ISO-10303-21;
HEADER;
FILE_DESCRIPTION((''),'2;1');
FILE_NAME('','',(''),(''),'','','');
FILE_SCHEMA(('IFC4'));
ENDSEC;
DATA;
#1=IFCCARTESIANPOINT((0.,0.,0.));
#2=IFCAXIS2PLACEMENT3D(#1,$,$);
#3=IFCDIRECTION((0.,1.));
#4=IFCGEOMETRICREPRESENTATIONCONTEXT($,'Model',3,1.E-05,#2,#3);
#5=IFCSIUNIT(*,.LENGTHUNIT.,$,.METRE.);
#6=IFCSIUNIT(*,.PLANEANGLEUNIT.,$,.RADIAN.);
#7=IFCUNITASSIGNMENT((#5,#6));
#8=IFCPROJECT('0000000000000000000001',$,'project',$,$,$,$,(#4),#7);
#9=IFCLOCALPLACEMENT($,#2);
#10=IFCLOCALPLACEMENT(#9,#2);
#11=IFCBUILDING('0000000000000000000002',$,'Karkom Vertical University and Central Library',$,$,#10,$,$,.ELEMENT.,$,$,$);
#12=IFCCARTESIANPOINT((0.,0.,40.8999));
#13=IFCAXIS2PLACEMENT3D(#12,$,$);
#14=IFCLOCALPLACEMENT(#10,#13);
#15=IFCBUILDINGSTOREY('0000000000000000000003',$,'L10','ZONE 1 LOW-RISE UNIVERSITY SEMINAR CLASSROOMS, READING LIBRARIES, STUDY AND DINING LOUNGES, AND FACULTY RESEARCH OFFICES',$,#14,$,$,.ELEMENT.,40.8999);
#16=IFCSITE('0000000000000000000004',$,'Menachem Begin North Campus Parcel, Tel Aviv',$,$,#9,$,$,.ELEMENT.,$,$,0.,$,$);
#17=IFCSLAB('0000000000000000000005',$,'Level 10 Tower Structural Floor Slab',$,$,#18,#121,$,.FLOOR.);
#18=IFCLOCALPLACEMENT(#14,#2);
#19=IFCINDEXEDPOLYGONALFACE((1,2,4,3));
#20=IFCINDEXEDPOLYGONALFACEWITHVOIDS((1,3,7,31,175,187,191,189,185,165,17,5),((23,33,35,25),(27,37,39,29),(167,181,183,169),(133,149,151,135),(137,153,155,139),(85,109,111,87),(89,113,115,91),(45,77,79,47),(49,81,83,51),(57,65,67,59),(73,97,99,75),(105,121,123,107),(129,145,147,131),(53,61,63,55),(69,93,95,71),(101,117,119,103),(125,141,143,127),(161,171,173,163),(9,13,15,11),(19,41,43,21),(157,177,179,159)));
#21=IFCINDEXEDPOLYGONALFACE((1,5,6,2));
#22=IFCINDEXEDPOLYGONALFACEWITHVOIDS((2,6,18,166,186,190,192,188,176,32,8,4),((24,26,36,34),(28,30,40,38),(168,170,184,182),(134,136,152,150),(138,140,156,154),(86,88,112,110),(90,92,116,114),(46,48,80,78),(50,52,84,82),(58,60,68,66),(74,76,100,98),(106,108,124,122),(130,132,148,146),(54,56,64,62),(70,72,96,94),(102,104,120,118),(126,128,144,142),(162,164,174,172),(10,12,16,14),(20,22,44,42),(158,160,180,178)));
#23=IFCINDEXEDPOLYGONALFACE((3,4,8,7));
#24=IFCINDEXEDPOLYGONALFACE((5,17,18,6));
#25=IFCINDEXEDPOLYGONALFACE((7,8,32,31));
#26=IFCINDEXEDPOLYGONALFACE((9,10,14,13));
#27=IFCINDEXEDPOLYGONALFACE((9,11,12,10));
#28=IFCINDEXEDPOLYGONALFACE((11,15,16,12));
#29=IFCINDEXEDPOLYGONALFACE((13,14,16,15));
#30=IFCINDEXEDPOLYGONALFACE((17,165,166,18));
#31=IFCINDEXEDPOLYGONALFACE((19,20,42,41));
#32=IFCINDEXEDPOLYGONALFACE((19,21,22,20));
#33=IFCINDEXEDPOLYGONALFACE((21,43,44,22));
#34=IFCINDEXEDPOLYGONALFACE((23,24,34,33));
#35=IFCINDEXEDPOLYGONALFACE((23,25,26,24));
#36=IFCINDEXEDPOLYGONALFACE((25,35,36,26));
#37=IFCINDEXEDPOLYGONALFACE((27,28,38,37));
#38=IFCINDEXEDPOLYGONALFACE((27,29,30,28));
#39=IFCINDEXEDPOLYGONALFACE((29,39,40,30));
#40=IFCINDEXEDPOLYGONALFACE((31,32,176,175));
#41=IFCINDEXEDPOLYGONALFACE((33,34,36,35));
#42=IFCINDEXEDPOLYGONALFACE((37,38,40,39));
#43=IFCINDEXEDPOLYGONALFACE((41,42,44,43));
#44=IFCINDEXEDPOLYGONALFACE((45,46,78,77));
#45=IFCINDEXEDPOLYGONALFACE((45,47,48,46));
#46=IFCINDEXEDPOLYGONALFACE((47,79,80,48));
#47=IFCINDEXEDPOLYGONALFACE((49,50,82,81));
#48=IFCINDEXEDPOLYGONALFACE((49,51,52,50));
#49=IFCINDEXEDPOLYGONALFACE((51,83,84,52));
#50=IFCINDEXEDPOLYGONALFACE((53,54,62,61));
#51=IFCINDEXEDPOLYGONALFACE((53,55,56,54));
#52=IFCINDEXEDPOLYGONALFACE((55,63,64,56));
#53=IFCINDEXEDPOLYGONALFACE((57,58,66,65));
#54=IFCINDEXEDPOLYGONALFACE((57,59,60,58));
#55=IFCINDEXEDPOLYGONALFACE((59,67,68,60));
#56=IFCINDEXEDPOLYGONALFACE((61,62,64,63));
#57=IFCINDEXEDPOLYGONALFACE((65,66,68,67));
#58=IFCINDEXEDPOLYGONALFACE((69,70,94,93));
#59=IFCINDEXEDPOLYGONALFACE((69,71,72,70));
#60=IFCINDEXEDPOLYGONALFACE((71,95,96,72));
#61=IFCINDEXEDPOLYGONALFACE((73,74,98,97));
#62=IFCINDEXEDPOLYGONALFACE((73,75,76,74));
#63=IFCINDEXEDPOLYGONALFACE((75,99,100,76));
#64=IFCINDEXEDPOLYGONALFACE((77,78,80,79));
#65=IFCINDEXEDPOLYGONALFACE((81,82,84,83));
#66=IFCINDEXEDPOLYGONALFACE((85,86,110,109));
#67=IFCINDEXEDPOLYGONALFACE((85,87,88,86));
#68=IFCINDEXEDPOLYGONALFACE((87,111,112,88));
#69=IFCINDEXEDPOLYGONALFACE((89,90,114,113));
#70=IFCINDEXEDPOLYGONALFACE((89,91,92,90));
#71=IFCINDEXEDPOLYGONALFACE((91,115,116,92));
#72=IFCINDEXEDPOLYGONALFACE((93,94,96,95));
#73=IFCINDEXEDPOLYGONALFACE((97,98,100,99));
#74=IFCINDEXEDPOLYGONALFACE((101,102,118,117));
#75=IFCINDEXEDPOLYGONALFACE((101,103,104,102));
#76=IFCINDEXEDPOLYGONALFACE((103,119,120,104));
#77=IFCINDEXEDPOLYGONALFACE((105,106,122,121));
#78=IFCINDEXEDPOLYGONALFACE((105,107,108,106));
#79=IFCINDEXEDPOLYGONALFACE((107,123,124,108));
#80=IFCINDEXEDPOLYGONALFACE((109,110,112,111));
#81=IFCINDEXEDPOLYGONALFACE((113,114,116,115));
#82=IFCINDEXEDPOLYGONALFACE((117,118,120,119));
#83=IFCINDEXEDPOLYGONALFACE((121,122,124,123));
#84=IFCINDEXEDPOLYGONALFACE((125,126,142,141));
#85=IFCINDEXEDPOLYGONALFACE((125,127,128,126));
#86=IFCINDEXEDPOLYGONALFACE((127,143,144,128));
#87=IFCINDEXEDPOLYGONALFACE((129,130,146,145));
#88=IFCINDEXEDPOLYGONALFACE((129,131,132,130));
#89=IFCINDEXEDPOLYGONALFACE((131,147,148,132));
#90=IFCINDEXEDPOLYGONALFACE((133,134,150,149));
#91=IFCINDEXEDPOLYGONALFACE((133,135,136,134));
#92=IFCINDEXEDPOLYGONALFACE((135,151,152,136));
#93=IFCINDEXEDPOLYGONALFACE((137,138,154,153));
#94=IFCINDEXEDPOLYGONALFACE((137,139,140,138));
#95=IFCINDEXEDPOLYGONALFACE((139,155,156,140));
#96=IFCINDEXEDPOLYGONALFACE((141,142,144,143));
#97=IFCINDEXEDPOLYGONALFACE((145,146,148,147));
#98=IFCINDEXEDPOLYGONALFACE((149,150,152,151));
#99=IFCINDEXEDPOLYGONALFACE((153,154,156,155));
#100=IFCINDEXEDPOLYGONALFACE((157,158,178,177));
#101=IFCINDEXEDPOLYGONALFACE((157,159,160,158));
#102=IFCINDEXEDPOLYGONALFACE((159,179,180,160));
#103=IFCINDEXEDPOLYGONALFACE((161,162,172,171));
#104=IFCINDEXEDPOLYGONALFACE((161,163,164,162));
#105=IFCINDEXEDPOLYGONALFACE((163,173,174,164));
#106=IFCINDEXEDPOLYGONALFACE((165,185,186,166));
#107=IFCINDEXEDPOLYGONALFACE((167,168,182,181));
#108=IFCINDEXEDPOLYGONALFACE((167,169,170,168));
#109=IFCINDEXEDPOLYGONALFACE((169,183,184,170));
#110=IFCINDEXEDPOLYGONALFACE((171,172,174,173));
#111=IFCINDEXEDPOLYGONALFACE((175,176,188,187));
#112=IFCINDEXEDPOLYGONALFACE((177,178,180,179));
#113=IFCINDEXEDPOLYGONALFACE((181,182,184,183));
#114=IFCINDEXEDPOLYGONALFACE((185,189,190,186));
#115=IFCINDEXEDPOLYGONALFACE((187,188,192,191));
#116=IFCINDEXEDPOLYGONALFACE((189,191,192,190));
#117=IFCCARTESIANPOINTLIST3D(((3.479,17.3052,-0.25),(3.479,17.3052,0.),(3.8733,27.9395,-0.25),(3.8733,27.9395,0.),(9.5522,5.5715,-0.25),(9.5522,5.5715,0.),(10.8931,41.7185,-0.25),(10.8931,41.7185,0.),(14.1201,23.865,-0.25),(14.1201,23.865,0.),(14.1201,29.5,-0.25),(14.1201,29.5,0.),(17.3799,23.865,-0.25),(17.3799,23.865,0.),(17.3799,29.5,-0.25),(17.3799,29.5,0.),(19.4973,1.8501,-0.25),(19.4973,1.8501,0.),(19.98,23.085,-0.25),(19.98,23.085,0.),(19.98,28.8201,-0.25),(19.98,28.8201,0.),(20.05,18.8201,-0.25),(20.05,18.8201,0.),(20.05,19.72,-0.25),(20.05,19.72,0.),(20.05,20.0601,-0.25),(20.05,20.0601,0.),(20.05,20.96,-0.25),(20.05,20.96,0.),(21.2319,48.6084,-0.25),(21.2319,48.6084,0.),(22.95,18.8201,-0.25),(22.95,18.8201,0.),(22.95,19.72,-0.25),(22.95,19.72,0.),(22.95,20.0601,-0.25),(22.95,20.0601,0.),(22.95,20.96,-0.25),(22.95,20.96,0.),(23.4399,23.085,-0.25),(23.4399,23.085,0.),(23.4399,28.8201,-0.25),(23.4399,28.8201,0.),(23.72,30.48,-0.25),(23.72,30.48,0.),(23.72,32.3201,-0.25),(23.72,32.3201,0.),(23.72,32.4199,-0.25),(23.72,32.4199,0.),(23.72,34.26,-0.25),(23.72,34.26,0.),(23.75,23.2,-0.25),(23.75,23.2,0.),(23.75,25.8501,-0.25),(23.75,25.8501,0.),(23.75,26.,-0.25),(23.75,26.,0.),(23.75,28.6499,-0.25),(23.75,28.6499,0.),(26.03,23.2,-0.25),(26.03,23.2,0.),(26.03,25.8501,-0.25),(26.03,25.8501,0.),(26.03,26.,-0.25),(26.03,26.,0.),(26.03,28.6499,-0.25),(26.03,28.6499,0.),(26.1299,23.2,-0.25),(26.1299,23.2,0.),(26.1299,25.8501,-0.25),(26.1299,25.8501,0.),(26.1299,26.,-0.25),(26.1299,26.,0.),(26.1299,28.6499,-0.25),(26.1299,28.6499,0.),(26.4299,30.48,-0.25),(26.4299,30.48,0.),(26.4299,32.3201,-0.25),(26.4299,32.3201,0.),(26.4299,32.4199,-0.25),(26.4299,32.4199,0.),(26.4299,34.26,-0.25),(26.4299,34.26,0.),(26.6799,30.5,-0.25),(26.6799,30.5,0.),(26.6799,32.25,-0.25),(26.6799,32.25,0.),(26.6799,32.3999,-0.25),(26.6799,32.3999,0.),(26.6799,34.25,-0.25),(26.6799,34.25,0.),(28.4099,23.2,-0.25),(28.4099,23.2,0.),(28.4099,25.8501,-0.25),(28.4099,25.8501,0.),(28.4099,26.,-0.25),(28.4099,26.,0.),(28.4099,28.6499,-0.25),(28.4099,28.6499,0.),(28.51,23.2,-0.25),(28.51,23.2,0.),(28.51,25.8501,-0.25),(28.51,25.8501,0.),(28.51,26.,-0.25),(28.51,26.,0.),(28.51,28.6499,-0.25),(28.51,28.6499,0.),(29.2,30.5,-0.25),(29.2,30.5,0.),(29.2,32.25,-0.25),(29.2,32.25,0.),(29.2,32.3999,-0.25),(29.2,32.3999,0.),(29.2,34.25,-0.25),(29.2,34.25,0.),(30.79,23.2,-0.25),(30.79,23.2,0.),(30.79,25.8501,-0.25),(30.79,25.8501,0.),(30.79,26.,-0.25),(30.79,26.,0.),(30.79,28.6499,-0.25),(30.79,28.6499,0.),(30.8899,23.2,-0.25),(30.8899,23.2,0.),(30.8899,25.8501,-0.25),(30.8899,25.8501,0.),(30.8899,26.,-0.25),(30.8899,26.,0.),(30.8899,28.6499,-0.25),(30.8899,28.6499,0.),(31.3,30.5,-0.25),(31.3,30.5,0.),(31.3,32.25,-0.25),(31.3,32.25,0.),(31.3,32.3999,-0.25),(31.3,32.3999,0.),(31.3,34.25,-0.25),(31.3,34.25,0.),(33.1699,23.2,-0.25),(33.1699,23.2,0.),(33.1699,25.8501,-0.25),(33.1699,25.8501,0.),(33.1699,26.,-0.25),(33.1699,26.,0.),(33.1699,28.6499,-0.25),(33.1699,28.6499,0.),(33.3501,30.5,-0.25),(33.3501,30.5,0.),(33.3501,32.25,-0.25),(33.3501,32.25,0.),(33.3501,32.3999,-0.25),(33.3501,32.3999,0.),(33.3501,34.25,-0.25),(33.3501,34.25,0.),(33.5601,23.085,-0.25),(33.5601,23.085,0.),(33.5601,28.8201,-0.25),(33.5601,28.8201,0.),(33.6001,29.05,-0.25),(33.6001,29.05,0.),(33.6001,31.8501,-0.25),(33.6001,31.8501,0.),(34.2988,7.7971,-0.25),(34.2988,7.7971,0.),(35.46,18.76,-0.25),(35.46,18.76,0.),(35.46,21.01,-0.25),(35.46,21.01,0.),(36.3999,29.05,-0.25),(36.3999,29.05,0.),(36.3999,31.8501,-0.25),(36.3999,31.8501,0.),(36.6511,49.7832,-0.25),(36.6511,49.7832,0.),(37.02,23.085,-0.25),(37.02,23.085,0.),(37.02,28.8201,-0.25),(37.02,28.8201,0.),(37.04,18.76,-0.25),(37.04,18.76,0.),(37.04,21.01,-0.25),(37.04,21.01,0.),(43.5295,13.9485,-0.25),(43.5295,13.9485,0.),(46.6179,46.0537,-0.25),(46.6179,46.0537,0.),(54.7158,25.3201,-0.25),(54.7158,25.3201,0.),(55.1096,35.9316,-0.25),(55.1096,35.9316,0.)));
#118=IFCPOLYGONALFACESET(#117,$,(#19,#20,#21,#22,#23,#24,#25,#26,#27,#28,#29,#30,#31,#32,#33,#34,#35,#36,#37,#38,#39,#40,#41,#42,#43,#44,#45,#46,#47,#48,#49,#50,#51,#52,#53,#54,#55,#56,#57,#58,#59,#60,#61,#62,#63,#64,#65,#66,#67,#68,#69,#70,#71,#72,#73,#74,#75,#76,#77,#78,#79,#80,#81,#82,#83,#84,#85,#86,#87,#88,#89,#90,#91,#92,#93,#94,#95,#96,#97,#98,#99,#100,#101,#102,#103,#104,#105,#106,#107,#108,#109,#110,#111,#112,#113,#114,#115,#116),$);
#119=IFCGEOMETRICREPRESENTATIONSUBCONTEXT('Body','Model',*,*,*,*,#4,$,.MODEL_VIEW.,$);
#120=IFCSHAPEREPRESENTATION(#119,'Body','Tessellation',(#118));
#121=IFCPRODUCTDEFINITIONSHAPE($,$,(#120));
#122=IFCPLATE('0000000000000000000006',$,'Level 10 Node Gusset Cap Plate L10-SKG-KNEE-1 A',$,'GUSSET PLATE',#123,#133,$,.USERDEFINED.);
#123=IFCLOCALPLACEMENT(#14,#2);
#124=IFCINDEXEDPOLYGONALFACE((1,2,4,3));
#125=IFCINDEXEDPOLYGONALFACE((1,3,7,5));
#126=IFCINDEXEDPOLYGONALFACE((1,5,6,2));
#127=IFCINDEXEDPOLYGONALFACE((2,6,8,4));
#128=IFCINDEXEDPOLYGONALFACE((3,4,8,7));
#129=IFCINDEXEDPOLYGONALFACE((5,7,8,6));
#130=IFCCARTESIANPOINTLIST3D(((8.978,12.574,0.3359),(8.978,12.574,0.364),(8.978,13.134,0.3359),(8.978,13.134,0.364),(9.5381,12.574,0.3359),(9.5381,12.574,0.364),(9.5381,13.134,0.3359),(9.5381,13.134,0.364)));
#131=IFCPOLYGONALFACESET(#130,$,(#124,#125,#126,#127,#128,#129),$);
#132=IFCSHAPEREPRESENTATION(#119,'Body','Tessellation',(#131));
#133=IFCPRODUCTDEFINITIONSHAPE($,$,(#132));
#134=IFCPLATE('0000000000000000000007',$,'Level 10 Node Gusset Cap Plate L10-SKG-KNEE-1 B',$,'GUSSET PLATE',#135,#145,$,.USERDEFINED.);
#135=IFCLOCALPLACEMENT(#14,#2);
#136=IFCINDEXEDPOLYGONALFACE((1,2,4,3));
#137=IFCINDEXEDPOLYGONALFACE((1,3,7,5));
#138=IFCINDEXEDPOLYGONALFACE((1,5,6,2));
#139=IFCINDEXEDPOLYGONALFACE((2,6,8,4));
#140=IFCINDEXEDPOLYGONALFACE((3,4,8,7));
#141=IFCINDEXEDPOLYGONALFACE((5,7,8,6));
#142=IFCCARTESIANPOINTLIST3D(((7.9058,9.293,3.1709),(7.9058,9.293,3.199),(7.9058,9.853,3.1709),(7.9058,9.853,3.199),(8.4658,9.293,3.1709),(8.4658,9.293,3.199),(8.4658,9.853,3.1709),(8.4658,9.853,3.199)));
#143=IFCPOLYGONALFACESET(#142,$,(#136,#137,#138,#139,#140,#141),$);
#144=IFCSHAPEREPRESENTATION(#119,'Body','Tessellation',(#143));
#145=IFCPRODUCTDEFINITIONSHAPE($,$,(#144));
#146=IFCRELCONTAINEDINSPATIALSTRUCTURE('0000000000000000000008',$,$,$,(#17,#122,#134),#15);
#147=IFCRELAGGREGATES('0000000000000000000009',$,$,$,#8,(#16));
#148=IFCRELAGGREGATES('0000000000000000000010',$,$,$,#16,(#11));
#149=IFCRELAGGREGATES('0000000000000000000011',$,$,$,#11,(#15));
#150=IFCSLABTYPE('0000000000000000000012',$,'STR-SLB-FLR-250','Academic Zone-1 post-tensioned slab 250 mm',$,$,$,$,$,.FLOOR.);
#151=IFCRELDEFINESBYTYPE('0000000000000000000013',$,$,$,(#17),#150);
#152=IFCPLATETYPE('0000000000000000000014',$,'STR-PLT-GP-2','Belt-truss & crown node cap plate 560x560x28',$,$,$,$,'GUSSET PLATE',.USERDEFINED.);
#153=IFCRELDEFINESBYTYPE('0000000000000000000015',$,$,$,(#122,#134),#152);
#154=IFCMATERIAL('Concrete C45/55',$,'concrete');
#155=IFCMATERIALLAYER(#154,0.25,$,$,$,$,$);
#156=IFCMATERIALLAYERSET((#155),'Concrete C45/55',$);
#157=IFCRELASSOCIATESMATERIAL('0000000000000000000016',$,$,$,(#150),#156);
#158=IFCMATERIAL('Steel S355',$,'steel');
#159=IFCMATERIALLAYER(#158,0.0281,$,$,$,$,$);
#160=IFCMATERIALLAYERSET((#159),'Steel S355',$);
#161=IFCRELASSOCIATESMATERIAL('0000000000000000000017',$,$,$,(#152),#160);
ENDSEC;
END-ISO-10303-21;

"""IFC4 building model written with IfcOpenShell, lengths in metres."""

from ifc_helpers import new_model, si_unit, direction, frame, origin, origin_with_axes, origin_2d, place, context, subcontext, project, spatial, polyline, rectangle, outline, extrude, source, transform, mapped, material, layer, layer_set, type_object, element, save


model = new_model("IFC4")

# Units and contexts
model_context = context("Model", 3, precision=1e-05, world=origin(), true_north=direction((0.0, 1.0)))
body_context = subcontext(model_context, "Body", "Model", "MODEL_VIEW")
ifc_project = project(units=[si_unit("LENGTHUNIT", "METRE"), si_unit("PLANEANGLEUNIT", "RADIAN")], contexts=[model_context])

# Site, building, storey
site_placement = place(None, origin())
site = spatial("IfcSite", under=ifc_project, at=site_placement, Name="Menachem Begin North Campus Parcel, Tel Aviv", CompositionType="ELEMENT", RefElevation=0.0)
building_placement = place(site_placement, origin())
building = spatial("IfcBuilding", under=site, at=building_placement, Name="Karkom Vertical University and Central Library", CompositionType="ELEMENT")
storey_placement = place(building_placement, frame((0.0, 0.0, 40.8999)))
storey = spatial("IfcBuildingStorey", under=building, at=storey_placement, Name="L10", Description="ZONE 1 LOW-RISE UNIVERSITY SEMINAR CLASSROOMS, READING LIBRARIES, STUDY AND DINING LOUNGES, AND FACULTY RESEARCH OFFICES", CompositionType="ELEMENT", Elevation=40.8999)

# Shared definitions
ifc_material_1 = material(Name="Steel S355", Category="steel")

# Shared definitions
ifc_material_2 = material(Name="Concrete C45/55", Category="concrete")

# Slab
ifc_layer_1 = layer(ifc_material_2, 0.25)
ifc_layer_set_1 = layer_set([ifc_layer_1], Name="Concrete C45/55")
slab_type_1 = type_object("IfcSlabType", Name="STR-SLB-FLR-250", Description="Academic Zone-1 post-tensioned slab 250 mm", PredefinedType="FLOOR", material=ifc_layer_set_1)
slab_1_placement = place(storey_placement, frame((0.0, 0.0, -0.25)))
element("IfcSlab", 1, at=slab_1_placement, inside=storey, type_object=slab_type_1, Name="Level 10 Tower Structural Floor Slab", PredefinedType="FLOOR", context=body_context, shape_type="SweptSolid", body=[
    extrude(outline(polyline([(21.2319, 48.6084), (10.8931, 41.7185), (3.8733, 27.9395), (3.479, 17.3052), (9.5522, 5.5715), (19.4973, 1.8501), (34.2988, 7.7971), (43.5295, 13.9485), (54.7158, 25.3201), (55.1096, 35.9316), (46.6179, 46.0537), (36.6511, 49.7832), (21.2319, 48.6084)]), holes=[polyline([(19.98, 23.085), (23.4399, 23.085), (23.4399, 28.8201), (19.98, 28.8201), (19.98, 23.085)]), polyline([(33.5601, 23.085), (37.02, 23.085), (37.02, 28.8201), (33.5601, 28.8201), (33.5601, 23.085)]), polyline([(14.1201, 23.865), (17.3799, 23.865), (17.3799, 29.5), (14.1201, 29.5), (14.1201, 23.865)]), polyline([(23.75, 23.2), (26.03, 23.2), (26.03, 25.8501), (23.75, 25.8501), (23.75, 23.2)]), polyline([(26.1299, 23.2), (28.4099, 23.2), (28.4099, 25.8501), (26.1299, 25.8501), (26.1299, 23.2)]), polyline([(28.51, 23.2), (30.79, 23.2), (30.79, 25.8501), (28.51, 25.8501), (28.51, 23.2)]), polyline([(30.8899, 23.2), (33.1699, 23.2), (33.1699, 25.8501), (30.8899, 25.8501), (30.8899, 23.2)]), polyline([(23.75, 26.0), (26.03, 26.0), (26.03, 28.6499), (23.75, 28.6499), (23.75, 26.0)]), polyline([(26.1299, 26.0), (28.4099, 26.0), (28.4099, 28.6499), (26.1299, 28.6499), (26.1299, 26.0)]), polyline([(28.51, 26.0), (30.79, 26.0), (30.79, 28.6499), (28.51, 28.6499), (28.51, 26.0)]), polyline([(30.8899, 26.0), (33.1699, 26.0), (33.1699, 28.6499), (30.8899, 28.6499), (30.8899, 26.0)]), polyline([(26.6799, 30.5), (29.2, 30.5), (29.2, 32.25), (26.6799, 32.25), (26.6799, 30.5)]), polyline([(26.6799, 32.3999), (29.2, 32.3999), (29.2, 34.25), (26.6799, 34.25), (26.6799, 32.3999)]), polyline([(31.3, 30.5), (33.3501, 30.5), (33.3501, 32.25), (31.3, 32.25), (31.3, 30.5)]), polyline([(31.3, 32.3999), (33.3501, 32.3999), (33.3501, 34.25), (31.3, 34.25), (31.3, 32.3999)]), polyline([(23.72, 30.48), (26.4299, 30.48), (26.4299, 32.3201), (23.72, 32.3201), (23.72, 30.48)]), polyline([(23.72, 32.4199), (26.4299, 32.4199), (26.4299, 34.26), (23.72, 34.26), (23.72, 32.4199)]), polyline([(33.6001, 29.05), (36.3999, 29.05), (36.3999, 31.8501), (33.6001, 31.8501), (33.6001, 29.05)]), polyline([(20.05, 18.8201), (22.95, 18.8201), (22.95, 19.72), (20.05, 19.72), (20.05, 18.8201)]), polyline([(20.05, 20.0601), (22.95, 20.0601), (22.95, 20.96), (20.05, 20.96), (20.05, 20.0601)]), polyline([(35.46, 18.76), (37.04, 18.76), (37.04, 21.01), (35.46, 21.01), (35.46, 18.76)])]), origin(), (0.0, 0.0, 1.0), 0.25),
])

# Plates
ifc_layer_2 = layer(ifc_material_1, 0.0281)
ifc_layer_set_2 = layer_set([ifc_layer_2], Name="Steel S355")
plate_type = type_object("IfcPlateType", Name="STR-PLT-GP-2", Description="Belt-truss & crown node cap plate 560x560x28", ElementType="GUSSET PLATE", PredefinedType="USERDEFINED", material=ifc_layer_set_2)
shared_shape_1 = source(origin_with_axes(), body_context, "Body", "SweptSolid", [
    extrude(rectangle(XDim=0.5601, YDim=0.5601, at=origin_2d()), origin(), (0.0, 0.0, 1.0), 0.0281),
])
for number, where, z_axis, x_axis, name in (
    (2, (9.2581, 12.854, 0.3359), (0.0, 0.0, 1.0), (1.0, 0.0, 0.0), "Level 10 Node Gusset Cap Plate L10-SKG-KNEE-1 A"),
    (3, (8.1858, 9.573, 3.1709), (0.0, 0.0, 1.0), (1.0, 0.0, 0.0), "Level 10 Node Gusset Cap Plate L10-SKG-KNEE-1 B"),
):
    element("IfcPlate", number, at=place(storey_placement, frame(where, z_axis=z_axis, x_axis=x_axis)), inside=storey, type_object=plate_type, Name=name, ObjectType="GUSSET PLATE", PredefinedType="USERDEFINED", context=body_context, shape_type="MappedRepresentation", body=[
        mapped(shared_shape_1, transform((0.0, 0.0, 0.0), scale=1.0)),
    ])

save(model, "model.ifc")
